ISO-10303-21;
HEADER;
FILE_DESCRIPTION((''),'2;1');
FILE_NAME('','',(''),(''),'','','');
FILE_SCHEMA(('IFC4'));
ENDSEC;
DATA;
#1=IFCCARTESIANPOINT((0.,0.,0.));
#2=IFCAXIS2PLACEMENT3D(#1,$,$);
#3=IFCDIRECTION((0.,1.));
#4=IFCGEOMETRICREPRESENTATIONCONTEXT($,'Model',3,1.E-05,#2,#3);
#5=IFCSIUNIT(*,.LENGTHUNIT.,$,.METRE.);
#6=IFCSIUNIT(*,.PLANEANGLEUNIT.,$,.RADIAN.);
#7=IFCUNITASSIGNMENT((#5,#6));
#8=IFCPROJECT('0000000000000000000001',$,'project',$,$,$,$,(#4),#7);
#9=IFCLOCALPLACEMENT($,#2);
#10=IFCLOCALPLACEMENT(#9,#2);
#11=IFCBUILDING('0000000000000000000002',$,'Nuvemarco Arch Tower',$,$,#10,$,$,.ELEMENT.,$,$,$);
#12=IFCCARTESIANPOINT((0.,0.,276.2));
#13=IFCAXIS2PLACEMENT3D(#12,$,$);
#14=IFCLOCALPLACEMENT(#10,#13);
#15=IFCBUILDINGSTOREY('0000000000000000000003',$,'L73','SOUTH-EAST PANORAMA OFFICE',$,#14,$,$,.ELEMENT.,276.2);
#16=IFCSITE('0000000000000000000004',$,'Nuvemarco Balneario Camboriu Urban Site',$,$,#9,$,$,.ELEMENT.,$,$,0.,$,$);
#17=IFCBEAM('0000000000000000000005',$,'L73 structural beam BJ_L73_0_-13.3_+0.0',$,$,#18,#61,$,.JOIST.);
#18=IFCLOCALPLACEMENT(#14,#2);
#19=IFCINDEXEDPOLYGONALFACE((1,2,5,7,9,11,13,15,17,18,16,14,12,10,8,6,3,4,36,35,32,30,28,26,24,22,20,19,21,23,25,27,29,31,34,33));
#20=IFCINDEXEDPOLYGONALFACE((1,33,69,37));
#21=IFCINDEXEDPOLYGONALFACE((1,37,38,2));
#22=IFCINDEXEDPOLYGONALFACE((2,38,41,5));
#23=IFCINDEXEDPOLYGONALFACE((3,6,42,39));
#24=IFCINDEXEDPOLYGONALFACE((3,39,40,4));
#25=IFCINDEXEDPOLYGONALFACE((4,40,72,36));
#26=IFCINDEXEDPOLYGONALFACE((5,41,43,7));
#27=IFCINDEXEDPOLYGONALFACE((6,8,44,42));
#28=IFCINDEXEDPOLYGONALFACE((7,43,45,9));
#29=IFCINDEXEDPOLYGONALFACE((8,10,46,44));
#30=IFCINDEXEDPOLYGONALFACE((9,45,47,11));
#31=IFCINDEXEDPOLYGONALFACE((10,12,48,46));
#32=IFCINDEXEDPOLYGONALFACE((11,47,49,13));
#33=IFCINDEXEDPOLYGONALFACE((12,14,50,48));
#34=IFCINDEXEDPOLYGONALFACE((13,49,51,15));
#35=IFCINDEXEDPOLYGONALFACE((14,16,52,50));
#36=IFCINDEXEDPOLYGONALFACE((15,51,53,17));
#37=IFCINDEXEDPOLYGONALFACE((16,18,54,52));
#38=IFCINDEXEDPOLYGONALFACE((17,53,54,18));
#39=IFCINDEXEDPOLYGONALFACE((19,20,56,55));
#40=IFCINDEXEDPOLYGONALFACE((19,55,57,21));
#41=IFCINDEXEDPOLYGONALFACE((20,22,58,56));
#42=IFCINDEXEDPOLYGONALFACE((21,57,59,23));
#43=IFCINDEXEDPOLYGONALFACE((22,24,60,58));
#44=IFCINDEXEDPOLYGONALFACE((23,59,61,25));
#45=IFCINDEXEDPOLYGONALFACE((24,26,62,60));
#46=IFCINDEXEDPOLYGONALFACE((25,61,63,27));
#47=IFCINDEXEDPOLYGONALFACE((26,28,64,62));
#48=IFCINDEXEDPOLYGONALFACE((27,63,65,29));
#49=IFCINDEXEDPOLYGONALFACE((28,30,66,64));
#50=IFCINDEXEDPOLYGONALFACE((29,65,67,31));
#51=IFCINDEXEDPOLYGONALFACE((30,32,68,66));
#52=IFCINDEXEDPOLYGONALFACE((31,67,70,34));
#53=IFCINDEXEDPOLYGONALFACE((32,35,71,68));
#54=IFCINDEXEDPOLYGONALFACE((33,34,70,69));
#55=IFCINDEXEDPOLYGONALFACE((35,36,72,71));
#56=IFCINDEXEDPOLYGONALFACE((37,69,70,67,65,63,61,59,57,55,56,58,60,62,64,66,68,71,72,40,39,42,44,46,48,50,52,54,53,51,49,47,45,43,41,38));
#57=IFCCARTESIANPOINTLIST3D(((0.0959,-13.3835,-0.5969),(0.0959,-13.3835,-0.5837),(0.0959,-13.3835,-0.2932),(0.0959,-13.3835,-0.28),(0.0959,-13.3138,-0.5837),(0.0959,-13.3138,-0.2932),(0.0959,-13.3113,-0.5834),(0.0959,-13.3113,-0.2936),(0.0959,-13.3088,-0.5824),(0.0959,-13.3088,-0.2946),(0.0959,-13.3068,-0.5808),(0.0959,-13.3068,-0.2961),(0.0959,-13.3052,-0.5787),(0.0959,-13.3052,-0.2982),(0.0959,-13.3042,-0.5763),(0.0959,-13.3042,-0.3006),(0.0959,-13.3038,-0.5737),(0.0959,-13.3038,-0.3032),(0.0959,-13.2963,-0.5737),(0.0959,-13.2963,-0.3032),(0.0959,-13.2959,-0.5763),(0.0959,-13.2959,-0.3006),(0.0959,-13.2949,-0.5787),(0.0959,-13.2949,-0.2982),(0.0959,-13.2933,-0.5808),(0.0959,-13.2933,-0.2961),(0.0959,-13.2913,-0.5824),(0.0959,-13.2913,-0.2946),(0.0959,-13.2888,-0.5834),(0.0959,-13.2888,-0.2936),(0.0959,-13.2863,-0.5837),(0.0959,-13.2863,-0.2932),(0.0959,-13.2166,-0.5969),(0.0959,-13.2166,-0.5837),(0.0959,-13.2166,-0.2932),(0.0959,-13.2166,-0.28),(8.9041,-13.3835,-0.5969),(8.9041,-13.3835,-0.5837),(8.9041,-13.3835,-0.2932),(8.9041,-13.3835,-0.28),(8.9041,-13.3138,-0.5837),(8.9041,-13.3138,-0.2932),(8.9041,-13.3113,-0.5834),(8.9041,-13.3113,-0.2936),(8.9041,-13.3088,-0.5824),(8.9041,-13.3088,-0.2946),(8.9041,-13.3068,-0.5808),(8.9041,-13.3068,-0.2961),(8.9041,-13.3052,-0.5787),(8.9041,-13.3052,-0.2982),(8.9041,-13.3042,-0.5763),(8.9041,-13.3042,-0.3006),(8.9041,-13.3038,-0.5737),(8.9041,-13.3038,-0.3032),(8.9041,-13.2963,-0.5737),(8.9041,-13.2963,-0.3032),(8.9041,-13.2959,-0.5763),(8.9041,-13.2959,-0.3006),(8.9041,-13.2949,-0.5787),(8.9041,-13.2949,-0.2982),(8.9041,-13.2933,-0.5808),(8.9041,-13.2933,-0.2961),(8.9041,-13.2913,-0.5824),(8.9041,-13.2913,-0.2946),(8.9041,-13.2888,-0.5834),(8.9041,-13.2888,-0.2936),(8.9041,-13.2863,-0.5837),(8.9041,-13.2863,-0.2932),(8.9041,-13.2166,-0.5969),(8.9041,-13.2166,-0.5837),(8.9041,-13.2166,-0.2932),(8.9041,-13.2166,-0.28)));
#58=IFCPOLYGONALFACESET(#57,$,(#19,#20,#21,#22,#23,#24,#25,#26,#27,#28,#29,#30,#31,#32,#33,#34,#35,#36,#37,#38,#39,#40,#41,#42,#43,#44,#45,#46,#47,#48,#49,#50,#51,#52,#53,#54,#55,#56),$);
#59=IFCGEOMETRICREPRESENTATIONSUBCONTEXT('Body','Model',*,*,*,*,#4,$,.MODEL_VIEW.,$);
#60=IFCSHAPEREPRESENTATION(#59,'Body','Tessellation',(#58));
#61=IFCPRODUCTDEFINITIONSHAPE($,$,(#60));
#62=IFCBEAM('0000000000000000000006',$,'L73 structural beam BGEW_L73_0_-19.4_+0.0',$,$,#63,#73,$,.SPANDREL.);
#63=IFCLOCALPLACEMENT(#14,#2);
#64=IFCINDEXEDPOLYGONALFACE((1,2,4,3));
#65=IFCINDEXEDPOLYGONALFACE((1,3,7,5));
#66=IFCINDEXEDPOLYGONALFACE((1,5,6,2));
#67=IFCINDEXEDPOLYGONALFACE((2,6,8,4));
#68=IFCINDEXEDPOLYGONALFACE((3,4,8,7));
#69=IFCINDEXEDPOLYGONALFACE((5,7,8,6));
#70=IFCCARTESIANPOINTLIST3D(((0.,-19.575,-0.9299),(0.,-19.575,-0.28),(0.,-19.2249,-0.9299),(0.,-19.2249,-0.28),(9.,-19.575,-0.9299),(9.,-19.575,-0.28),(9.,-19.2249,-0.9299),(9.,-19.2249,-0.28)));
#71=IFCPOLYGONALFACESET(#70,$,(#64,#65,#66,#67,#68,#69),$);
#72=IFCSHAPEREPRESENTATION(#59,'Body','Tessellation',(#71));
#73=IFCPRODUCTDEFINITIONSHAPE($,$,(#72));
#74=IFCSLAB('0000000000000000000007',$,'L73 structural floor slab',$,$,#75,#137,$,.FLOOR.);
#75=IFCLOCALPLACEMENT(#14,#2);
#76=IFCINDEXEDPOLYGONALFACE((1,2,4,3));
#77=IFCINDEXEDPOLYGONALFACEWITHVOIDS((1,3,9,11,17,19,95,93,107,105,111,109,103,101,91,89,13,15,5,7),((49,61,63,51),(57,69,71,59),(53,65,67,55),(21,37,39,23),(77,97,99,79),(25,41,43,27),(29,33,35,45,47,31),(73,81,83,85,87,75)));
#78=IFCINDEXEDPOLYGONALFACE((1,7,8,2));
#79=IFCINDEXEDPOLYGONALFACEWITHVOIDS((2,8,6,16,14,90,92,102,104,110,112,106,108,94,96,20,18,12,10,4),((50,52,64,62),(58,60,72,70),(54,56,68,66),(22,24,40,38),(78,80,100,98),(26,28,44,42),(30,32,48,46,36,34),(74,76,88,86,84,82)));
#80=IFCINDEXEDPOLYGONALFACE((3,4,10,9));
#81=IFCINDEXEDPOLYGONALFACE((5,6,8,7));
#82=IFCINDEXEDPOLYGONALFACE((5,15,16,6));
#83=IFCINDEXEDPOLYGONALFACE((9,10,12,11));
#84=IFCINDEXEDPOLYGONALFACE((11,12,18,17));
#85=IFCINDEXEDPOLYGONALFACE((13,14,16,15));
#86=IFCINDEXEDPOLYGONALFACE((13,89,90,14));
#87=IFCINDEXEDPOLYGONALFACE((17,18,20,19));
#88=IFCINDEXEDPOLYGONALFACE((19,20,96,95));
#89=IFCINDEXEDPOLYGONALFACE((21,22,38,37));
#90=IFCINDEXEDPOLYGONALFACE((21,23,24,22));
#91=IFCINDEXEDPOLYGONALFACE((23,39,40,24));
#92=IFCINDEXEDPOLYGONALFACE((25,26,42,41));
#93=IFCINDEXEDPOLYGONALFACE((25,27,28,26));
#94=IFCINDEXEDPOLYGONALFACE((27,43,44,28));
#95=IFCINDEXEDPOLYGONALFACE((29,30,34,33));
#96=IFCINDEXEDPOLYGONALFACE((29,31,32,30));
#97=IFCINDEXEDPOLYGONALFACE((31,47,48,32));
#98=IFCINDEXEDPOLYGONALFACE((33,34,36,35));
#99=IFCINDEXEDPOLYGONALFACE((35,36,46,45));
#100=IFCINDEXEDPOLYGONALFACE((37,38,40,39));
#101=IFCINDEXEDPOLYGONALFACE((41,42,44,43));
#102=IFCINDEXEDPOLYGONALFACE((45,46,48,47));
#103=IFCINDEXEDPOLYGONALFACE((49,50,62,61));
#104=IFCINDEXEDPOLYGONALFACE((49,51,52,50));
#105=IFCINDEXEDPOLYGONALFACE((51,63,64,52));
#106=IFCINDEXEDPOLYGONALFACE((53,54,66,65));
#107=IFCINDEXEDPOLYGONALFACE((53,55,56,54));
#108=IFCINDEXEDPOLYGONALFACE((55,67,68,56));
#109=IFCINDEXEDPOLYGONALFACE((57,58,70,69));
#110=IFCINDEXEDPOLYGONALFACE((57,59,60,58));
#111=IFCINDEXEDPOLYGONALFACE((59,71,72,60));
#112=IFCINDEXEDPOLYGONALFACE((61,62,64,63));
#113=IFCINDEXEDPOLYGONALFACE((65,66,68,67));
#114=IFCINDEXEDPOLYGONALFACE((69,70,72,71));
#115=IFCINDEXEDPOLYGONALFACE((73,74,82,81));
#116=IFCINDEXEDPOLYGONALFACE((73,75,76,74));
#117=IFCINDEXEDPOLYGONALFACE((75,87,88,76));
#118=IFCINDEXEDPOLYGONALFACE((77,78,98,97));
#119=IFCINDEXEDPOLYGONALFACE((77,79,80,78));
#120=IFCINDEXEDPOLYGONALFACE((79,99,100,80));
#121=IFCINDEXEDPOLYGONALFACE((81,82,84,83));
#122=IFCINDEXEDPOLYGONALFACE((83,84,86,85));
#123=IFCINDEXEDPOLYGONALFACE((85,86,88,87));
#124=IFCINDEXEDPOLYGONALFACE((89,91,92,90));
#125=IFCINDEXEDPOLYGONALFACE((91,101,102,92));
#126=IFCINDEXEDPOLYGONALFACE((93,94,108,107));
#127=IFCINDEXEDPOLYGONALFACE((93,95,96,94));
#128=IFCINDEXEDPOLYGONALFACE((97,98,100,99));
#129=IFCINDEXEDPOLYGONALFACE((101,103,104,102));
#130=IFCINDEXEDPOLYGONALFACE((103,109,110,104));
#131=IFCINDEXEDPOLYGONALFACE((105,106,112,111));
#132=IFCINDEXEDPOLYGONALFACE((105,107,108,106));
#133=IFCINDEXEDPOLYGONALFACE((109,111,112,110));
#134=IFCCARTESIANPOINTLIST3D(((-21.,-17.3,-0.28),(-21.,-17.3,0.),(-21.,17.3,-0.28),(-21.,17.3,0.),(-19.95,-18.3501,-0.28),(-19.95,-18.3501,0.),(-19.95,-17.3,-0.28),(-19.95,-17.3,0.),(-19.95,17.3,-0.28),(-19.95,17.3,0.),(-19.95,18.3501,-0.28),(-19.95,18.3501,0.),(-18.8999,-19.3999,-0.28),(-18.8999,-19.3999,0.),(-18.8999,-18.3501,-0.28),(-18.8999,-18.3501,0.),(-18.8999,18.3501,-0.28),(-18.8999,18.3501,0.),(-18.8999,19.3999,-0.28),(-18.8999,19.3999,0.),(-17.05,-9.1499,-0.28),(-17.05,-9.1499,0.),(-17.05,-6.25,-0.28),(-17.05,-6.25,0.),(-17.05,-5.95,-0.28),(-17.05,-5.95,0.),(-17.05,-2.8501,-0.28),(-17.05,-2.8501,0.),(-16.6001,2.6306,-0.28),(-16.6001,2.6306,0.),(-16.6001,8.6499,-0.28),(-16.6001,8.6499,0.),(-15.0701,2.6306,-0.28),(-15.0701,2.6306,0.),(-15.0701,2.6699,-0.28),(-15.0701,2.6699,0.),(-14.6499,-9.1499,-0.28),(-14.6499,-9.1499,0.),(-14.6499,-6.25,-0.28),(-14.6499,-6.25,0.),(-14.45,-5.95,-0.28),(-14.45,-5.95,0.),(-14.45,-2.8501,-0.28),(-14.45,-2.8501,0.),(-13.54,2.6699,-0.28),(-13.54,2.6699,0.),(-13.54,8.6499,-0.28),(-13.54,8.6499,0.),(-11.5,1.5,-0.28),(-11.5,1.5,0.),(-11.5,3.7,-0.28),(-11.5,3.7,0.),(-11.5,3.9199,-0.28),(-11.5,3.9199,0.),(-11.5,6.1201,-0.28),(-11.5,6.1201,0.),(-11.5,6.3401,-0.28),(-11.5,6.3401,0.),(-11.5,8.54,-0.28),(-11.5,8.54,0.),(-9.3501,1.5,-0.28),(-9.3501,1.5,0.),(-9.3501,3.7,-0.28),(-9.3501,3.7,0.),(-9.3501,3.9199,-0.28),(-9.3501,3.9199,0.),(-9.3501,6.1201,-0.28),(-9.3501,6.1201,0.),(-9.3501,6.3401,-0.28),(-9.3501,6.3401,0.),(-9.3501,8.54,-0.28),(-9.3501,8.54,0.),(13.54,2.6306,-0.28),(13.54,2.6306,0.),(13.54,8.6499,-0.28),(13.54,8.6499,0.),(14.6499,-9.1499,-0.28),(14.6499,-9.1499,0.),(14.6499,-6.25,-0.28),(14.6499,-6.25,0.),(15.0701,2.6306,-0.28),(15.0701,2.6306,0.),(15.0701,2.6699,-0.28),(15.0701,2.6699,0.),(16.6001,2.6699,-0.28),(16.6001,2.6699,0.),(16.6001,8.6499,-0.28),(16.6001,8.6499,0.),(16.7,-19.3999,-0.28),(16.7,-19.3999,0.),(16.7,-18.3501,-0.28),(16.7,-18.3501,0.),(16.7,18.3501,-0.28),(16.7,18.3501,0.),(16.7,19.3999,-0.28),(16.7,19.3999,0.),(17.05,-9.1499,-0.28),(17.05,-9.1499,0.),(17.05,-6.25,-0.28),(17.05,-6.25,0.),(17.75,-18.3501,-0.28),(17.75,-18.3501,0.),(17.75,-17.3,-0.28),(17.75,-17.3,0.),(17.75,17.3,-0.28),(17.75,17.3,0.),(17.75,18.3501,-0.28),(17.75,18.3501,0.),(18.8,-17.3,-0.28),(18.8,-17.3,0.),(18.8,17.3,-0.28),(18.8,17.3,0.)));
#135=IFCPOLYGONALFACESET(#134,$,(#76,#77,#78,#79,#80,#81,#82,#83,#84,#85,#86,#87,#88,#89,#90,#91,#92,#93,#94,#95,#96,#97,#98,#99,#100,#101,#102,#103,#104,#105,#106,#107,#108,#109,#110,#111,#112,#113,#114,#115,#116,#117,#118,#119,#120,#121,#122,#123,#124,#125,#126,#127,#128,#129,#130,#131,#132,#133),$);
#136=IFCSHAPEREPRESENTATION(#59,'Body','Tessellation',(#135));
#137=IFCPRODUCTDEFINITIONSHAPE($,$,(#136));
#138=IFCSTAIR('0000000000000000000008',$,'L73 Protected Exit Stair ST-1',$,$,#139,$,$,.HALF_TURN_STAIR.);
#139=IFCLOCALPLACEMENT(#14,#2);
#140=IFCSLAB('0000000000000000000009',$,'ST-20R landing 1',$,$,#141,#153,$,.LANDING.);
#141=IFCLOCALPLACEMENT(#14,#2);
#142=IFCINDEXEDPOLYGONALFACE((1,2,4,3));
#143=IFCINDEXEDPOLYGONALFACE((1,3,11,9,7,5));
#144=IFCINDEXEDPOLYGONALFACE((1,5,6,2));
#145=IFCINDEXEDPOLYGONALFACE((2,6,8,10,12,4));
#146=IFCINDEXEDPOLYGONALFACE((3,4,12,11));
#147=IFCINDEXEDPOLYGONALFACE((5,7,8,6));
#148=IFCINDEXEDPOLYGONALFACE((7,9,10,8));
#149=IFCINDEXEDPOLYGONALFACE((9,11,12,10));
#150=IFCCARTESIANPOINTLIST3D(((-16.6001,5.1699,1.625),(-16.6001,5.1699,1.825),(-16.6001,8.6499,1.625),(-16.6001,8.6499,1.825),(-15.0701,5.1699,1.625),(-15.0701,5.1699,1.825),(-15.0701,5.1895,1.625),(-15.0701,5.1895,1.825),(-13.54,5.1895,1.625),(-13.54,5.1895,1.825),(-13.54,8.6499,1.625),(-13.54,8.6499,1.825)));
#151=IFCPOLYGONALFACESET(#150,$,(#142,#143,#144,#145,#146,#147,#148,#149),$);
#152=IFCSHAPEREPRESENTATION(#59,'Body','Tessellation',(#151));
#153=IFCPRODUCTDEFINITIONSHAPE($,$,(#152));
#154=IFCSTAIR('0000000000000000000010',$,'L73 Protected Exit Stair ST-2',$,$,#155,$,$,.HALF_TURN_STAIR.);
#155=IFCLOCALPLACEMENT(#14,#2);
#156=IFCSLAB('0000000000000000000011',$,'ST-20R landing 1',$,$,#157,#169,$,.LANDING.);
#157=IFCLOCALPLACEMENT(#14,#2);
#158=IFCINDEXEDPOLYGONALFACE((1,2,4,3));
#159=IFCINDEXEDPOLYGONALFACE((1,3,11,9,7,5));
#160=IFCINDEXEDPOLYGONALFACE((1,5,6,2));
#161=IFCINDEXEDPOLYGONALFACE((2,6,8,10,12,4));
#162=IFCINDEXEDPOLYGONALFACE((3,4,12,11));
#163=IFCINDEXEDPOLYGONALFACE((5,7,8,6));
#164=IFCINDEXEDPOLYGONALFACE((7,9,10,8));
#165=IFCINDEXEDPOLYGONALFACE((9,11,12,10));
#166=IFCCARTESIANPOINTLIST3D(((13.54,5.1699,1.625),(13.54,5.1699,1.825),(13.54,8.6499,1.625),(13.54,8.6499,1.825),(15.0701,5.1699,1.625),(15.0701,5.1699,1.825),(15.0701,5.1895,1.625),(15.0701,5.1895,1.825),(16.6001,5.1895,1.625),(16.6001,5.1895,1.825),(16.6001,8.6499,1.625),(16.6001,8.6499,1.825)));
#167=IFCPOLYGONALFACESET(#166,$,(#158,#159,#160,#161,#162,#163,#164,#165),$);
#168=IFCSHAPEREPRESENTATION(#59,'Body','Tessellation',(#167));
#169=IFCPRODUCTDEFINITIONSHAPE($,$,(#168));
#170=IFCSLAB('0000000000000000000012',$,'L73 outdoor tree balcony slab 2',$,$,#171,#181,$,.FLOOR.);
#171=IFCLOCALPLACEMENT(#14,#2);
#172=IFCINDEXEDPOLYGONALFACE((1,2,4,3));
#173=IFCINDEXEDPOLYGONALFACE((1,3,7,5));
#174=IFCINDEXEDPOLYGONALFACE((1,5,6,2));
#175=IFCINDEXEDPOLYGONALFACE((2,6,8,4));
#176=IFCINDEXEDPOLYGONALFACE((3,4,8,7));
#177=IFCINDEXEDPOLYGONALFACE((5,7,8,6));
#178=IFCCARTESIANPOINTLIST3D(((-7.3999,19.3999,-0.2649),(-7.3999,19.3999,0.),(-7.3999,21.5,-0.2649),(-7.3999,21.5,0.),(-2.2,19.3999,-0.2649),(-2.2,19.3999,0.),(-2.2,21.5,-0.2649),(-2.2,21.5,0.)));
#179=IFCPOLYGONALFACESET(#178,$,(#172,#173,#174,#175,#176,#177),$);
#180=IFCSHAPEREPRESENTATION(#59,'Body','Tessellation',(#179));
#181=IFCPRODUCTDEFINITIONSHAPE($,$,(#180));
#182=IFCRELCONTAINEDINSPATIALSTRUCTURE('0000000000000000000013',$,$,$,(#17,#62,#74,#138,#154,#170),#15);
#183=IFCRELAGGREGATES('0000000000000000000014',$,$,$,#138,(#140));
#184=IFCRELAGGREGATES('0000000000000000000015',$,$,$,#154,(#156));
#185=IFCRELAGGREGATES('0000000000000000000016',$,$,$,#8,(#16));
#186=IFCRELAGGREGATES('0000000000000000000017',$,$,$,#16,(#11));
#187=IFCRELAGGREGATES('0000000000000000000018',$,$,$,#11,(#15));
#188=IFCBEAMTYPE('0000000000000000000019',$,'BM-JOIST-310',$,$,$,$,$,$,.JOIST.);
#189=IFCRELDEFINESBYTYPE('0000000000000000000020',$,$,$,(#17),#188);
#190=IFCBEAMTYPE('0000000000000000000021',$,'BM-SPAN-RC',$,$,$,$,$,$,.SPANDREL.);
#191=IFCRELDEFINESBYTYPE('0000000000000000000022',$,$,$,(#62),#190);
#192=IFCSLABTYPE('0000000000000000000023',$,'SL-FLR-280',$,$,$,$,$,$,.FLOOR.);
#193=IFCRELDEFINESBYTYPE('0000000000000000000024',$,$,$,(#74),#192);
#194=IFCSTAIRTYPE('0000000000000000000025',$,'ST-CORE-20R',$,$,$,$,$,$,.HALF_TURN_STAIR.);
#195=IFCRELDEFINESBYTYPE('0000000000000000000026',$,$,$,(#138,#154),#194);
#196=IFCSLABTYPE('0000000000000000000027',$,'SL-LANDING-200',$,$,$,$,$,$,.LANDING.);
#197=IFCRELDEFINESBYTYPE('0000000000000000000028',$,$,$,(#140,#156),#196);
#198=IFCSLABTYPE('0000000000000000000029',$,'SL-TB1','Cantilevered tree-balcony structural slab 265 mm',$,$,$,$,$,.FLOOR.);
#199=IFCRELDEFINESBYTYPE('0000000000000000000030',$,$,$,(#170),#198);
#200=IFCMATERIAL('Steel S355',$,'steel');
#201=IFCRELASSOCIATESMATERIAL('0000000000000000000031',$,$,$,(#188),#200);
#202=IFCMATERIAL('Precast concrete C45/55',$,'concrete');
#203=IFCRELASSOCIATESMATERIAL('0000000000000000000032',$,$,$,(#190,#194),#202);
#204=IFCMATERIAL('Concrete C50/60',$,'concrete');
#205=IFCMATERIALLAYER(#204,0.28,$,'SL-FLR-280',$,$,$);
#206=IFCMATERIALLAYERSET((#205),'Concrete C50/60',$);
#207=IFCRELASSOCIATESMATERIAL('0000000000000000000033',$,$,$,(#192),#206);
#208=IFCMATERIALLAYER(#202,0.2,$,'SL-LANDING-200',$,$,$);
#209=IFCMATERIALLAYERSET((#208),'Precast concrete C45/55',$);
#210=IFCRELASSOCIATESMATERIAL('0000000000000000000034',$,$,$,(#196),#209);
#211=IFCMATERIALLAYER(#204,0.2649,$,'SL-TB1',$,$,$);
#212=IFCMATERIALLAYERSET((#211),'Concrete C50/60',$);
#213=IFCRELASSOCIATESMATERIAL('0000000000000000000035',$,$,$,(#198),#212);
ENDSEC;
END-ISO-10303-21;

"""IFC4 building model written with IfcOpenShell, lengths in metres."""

from ifc_helpers import new_model, si_unit, direction, frame, origin, origin_2d, place, context, subcontext, project, spatial, polyline, rectangle, i_section, outline, extrude, material, layer, layer_set, material_profile, profile_set, type_object, element, aggregate, save


model = new_model("IFC4")

# Units and contexts
model_context = context("Model", 3, precision=1e-05, world=origin(), true_north=direction((0.0, 1.0)))
body_context = subcontext(model_context, "Body", "Model", "MODEL_VIEW")
ifc_project = project(units=[si_unit("LENGTHUNIT", "METRE"), si_unit("PLANEANGLEUNIT", "RADIAN")], contexts=[model_context])

# Site, building, storey
site_placement = place(None, origin())
site = spatial("IfcSite", under=ifc_project, at=site_placement, Name="Nuvemarco Balneario Camboriu Urban Site", CompositionType="ELEMENT", RefElevation=0.0)
building_placement = place(site_placement, origin())
building = spatial("IfcBuilding", under=site, at=building_placement, Name="Nuvemarco Arch Tower", CompositionType="ELEMENT")
storey_placement = place(building_placement, frame((0.0, 0.0, 276.2)))
storey = spatial("IfcBuildingStorey", under=building, at=storey_placement, Name="L73", Description="SOUTH-EAST PANORAMA OFFICE", CompositionType="ELEMENT", Elevation=276.2)

# Shared definitions
ifc_material_1 = material(Name="Steel S355", Category="steel")

# Beams
ifc_material_profile_1 = material_profile(ifc_material_1, i_section(OverallWidth=0.167, OverallDepth=0.3169, WebThickness=0.0076, FlangeThickness=0.0132, FilletRadius=0.01, at=origin_2d()), Name="W310x52")
ifc_profile_set_1 = profile_set([ifc_material_profile_1], Name="Steel S355")
beam_type_1 = type_object("IfcBeamType", Name="BM-JOIST-310", PredefinedType="JOIST", material=ifc_profile_set_1)
beam_1_placement = place(storey_placement, frame((0.0959, -13.3, -0.4385), z_axis=(1.0, 0.0, 0.0), x_axis=(0.0, 1.0, 0.0)))
element("IfcBeam", 1, at=beam_1_placement, inside=storey, type_object=beam_type_1, Name="L73 structural beam BJ_L73_0_-13.3_+0.0", PredefinedType="JOIST", context=body_context, shape_type="SweptSolid", body=[
    extrude(i_section(OverallWidth=0.167, OverallDepth=0.3169, WebThickness=0.0076, FlangeThickness=0.0132, FilletRadius=0.01, at=origin_2d()), origin(), (0.0, 0.0, 1.0), 8.8081),
])
ifc_material_2 = material(Name="Precast concrete C45/55", Category="concrete")
ifc_material_profile_2 = material_profile(ifc_material_2, rectangle(XDim=0.3501, YDim=0.6499, at=origin_2d()), Name="PC-SP-350x650")
ifc_profile_set_2 = profile_set([ifc_material_profile_2], Name="Precast concrete C45/55")
beam_type_2 = type_object("IfcBeamType", Name="BM-SPAN-RC", PredefinedType="SPANDREL", material=ifc_profile_set_2)
beam_2_placement = place(storey_placement, frame((0.0, -19.3999, -0.605), z_axis=(1.0, 0.0, 0.0), x_axis=(0.0, 1.0, 0.0)))
element("IfcBeam", 2, at=beam_2_placement, inside=storey, type_object=beam_type_2, Name="L73 structural beam BGEW_L73_0_-19.4_+0.0", PredefinedType="SPANDREL", context=body_context, shape_type="SweptSolid", body=[
    extrude(rectangle(XDim=0.3501, YDim=0.6499, at=origin_2d()), origin(), (0.0, 0.0, 1.0), 9.0),
])

# Slab
ifc_material_3 = material(Name="Concrete C50/60", Category="concrete")
ifc_layer_1 = layer(ifc_material_3, 0.28, Name="SL-FLR-280")
ifc_layer_set_1 = layer_set([ifc_layer_1], Name="Concrete C50/60")
slab_type_1 = type_object("IfcSlabType", Name="SL-FLR-280", PredefinedType="FLOOR", material=ifc_layer_set_1)
slab_1_placement = place(storey_placement, frame((0.0, 0.0, -0.28)))
element("IfcSlab", 3, at=slab_1_placement, inside=storey, type_object=slab_type_1, Name="L73 structural floor slab", PredefinedType="FLOOR", context=body_context, shape_type="SweptSolid", body=[
    extrude(outline(polyline([(-18.8999, -19.3999), (16.7, -19.3999), (16.7, -18.3501), (17.75, -18.3501), (17.75, -17.3), (18.8, -17.3), (18.8, 17.3), (17.75, 17.3), (17.75, 18.3501), (16.7, 18.3501), (16.7, 19.3999), (-18.8999, 19.3999), (-18.8999, 18.3501), (-19.95, 18.3501), (-19.95, 17.3), (-21.0, 17.3), (-21.0, -17.3), (-19.95, -17.3), (-19.95, -18.3501), (-18.8999, -18.3501), (-18.8999, -19.3999)]), holes=[polyline([(-13.54, 2.6699), (-13.54, 8.6499), (-16.6001, 8.6499), (-16.6001, 2.6306), (-15.0701, 2.6306), (-15.0701, 2.6699), (-13.54, 2.6699)]), polyline([(16.6001, 2.6699), (16.6001, 8.6499), (13.54, 8.6499), (13.54, 2.6306), (15.0701, 2.6306), (15.0701, 2.6699), (16.6001, 2.6699)]), polyline([(-17.05, -9.1499), (-14.6499, -9.1499), (-14.6499, -6.25), (-17.05, -6.25), (-17.05, -9.1499)]), polyline([(-17.05, -5.95), (-14.45, -5.95), (-14.45, -2.8501), (-17.05, -2.8501), (-17.05, -5.95)]), polyline([(-11.5, 1.5), (-9.3501, 1.5), (-9.3501, 3.7), (-11.5, 3.7), (-11.5, 1.5)]), polyline([(-11.5, 3.9199), (-9.3501, 3.9199), (-9.3501, 6.1201), (-11.5, 6.1201), (-11.5, 3.9199)]), polyline([(-11.5, 6.3401), (-9.3501, 6.3401), (-9.3501, 8.54), (-11.5, 8.54), (-11.5, 6.3401)]), polyline([(14.6499, -9.1499), (17.05, -9.1499), (17.05, -6.25), (14.6499, -6.25), (14.6499, -9.1499)])]), origin(), (0.0, 0.0, 1.0), 0.28),
])

# Stairs, slabs
stair_type = type_object("IfcStairType", Name="ST-CORE-20R", PredefinedType="HALF_TURN_STAIR", material=ifc_material_2)
stair_1_placement = place(storey_placement, origin())
stair_1 = element("IfcStair", 4, at=stair_1_placement, inside=storey, type_object=stair_type, Name="L73 Protected Exit Stair ST-1", PredefinedType="HALF_TURN_STAIR")
ifc_layer_2 = layer(ifc_material_2, 0.2, Name="SL-LANDING-200")
ifc_layer_set_2 = layer_set([ifc_layer_2], Name="Precast concrete C45/55")
slab_type_2 = type_object("IfcSlabType", Name="SL-LANDING-200", PredefinedType="LANDING", material=ifc_layer_set_2)
slab_2_placement = place(storey_placement, frame((0.0, 0.0, 1.625)))
slab_2 = element("IfcSlab", 5, at=slab_2_placement, type_object=slab_type_2, Name="ST-20R landing 1", PredefinedType="LANDING", context=body_context, shape_type="SweptSolid", body=[
    extrude(outline(polyline([(-13.54, 5.1895), (-13.54, 8.6499), (-16.6001, 8.6499), (-16.6001, 5.1699), (-15.0701, 5.1699), (-15.0701, 5.1895), (-13.54, 5.1895)])), origin(), (0.0, 0.0, 1.0), 0.2),
])
aggregate(stair_1, [slab_2])
stair_2_placement = place(storey_placement, origin())
stair_2 = element("IfcStair", 6, at=stair_2_placement, inside=storey, type_object=stair_type, Name="L73 Protected Exit Stair ST-2", PredefinedType="HALF_TURN_STAIR")
slab_3_placement = place(storey_placement, frame((0.0, 0.0, 1.625)))
slab_3 = element("IfcSlab", 7, at=slab_3_placement, type_object=slab_type_2, Name="ST-20R landing 1", PredefinedType="LANDING", context=body_context, shape_type="SweptSolid", body=[
    extrude(outline(polyline([(16.6001, 5.1895), (16.6001, 8.6499), (13.54, 8.6499), (13.54, 5.1699), (15.0701, 5.1699), (15.0701, 5.1895), (16.6001, 5.1895)])), origin(), (0.0, 0.0, 1.0), 0.2),
])
aggregate(stair_2, [slab_3])

# Slab
ifc_layer_3 = layer(ifc_material_3, 0.2649, Name="SL-TB1")
ifc_layer_set_3 = layer_set([ifc_layer_3], Name="Concrete C50/60")
slab_type_3 = type_object("IfcSlabType", Name="SL-TB1", Description="Cantilevered tree-balcony structural slab 265 mm", PredefinedType="FLOOR", material=ifc_layer_set_3)
slab_4_placement = place(storey_placement, frame((0.0, 0.0, -0.2649)))
element("IfcSlab", 8, at=slab_4_placement, inside=storey, type_object=slab_type_3, Name="L73 outdoor tree balcony slab 2", PredefinedType="FLOOR", context=body_context, shape_type="SweptSolid", body=[
    extrude(outline(polyline([(-7.3999, 19.3999), (-2.2, 19.3999), (-2.2, 21.5), (-7.3999, 21.5), (-7.3999, 19.3999)])), origin(), (0.0, 0.0, 1.0), 0.2649),
])

save(model, "model.ifc")
